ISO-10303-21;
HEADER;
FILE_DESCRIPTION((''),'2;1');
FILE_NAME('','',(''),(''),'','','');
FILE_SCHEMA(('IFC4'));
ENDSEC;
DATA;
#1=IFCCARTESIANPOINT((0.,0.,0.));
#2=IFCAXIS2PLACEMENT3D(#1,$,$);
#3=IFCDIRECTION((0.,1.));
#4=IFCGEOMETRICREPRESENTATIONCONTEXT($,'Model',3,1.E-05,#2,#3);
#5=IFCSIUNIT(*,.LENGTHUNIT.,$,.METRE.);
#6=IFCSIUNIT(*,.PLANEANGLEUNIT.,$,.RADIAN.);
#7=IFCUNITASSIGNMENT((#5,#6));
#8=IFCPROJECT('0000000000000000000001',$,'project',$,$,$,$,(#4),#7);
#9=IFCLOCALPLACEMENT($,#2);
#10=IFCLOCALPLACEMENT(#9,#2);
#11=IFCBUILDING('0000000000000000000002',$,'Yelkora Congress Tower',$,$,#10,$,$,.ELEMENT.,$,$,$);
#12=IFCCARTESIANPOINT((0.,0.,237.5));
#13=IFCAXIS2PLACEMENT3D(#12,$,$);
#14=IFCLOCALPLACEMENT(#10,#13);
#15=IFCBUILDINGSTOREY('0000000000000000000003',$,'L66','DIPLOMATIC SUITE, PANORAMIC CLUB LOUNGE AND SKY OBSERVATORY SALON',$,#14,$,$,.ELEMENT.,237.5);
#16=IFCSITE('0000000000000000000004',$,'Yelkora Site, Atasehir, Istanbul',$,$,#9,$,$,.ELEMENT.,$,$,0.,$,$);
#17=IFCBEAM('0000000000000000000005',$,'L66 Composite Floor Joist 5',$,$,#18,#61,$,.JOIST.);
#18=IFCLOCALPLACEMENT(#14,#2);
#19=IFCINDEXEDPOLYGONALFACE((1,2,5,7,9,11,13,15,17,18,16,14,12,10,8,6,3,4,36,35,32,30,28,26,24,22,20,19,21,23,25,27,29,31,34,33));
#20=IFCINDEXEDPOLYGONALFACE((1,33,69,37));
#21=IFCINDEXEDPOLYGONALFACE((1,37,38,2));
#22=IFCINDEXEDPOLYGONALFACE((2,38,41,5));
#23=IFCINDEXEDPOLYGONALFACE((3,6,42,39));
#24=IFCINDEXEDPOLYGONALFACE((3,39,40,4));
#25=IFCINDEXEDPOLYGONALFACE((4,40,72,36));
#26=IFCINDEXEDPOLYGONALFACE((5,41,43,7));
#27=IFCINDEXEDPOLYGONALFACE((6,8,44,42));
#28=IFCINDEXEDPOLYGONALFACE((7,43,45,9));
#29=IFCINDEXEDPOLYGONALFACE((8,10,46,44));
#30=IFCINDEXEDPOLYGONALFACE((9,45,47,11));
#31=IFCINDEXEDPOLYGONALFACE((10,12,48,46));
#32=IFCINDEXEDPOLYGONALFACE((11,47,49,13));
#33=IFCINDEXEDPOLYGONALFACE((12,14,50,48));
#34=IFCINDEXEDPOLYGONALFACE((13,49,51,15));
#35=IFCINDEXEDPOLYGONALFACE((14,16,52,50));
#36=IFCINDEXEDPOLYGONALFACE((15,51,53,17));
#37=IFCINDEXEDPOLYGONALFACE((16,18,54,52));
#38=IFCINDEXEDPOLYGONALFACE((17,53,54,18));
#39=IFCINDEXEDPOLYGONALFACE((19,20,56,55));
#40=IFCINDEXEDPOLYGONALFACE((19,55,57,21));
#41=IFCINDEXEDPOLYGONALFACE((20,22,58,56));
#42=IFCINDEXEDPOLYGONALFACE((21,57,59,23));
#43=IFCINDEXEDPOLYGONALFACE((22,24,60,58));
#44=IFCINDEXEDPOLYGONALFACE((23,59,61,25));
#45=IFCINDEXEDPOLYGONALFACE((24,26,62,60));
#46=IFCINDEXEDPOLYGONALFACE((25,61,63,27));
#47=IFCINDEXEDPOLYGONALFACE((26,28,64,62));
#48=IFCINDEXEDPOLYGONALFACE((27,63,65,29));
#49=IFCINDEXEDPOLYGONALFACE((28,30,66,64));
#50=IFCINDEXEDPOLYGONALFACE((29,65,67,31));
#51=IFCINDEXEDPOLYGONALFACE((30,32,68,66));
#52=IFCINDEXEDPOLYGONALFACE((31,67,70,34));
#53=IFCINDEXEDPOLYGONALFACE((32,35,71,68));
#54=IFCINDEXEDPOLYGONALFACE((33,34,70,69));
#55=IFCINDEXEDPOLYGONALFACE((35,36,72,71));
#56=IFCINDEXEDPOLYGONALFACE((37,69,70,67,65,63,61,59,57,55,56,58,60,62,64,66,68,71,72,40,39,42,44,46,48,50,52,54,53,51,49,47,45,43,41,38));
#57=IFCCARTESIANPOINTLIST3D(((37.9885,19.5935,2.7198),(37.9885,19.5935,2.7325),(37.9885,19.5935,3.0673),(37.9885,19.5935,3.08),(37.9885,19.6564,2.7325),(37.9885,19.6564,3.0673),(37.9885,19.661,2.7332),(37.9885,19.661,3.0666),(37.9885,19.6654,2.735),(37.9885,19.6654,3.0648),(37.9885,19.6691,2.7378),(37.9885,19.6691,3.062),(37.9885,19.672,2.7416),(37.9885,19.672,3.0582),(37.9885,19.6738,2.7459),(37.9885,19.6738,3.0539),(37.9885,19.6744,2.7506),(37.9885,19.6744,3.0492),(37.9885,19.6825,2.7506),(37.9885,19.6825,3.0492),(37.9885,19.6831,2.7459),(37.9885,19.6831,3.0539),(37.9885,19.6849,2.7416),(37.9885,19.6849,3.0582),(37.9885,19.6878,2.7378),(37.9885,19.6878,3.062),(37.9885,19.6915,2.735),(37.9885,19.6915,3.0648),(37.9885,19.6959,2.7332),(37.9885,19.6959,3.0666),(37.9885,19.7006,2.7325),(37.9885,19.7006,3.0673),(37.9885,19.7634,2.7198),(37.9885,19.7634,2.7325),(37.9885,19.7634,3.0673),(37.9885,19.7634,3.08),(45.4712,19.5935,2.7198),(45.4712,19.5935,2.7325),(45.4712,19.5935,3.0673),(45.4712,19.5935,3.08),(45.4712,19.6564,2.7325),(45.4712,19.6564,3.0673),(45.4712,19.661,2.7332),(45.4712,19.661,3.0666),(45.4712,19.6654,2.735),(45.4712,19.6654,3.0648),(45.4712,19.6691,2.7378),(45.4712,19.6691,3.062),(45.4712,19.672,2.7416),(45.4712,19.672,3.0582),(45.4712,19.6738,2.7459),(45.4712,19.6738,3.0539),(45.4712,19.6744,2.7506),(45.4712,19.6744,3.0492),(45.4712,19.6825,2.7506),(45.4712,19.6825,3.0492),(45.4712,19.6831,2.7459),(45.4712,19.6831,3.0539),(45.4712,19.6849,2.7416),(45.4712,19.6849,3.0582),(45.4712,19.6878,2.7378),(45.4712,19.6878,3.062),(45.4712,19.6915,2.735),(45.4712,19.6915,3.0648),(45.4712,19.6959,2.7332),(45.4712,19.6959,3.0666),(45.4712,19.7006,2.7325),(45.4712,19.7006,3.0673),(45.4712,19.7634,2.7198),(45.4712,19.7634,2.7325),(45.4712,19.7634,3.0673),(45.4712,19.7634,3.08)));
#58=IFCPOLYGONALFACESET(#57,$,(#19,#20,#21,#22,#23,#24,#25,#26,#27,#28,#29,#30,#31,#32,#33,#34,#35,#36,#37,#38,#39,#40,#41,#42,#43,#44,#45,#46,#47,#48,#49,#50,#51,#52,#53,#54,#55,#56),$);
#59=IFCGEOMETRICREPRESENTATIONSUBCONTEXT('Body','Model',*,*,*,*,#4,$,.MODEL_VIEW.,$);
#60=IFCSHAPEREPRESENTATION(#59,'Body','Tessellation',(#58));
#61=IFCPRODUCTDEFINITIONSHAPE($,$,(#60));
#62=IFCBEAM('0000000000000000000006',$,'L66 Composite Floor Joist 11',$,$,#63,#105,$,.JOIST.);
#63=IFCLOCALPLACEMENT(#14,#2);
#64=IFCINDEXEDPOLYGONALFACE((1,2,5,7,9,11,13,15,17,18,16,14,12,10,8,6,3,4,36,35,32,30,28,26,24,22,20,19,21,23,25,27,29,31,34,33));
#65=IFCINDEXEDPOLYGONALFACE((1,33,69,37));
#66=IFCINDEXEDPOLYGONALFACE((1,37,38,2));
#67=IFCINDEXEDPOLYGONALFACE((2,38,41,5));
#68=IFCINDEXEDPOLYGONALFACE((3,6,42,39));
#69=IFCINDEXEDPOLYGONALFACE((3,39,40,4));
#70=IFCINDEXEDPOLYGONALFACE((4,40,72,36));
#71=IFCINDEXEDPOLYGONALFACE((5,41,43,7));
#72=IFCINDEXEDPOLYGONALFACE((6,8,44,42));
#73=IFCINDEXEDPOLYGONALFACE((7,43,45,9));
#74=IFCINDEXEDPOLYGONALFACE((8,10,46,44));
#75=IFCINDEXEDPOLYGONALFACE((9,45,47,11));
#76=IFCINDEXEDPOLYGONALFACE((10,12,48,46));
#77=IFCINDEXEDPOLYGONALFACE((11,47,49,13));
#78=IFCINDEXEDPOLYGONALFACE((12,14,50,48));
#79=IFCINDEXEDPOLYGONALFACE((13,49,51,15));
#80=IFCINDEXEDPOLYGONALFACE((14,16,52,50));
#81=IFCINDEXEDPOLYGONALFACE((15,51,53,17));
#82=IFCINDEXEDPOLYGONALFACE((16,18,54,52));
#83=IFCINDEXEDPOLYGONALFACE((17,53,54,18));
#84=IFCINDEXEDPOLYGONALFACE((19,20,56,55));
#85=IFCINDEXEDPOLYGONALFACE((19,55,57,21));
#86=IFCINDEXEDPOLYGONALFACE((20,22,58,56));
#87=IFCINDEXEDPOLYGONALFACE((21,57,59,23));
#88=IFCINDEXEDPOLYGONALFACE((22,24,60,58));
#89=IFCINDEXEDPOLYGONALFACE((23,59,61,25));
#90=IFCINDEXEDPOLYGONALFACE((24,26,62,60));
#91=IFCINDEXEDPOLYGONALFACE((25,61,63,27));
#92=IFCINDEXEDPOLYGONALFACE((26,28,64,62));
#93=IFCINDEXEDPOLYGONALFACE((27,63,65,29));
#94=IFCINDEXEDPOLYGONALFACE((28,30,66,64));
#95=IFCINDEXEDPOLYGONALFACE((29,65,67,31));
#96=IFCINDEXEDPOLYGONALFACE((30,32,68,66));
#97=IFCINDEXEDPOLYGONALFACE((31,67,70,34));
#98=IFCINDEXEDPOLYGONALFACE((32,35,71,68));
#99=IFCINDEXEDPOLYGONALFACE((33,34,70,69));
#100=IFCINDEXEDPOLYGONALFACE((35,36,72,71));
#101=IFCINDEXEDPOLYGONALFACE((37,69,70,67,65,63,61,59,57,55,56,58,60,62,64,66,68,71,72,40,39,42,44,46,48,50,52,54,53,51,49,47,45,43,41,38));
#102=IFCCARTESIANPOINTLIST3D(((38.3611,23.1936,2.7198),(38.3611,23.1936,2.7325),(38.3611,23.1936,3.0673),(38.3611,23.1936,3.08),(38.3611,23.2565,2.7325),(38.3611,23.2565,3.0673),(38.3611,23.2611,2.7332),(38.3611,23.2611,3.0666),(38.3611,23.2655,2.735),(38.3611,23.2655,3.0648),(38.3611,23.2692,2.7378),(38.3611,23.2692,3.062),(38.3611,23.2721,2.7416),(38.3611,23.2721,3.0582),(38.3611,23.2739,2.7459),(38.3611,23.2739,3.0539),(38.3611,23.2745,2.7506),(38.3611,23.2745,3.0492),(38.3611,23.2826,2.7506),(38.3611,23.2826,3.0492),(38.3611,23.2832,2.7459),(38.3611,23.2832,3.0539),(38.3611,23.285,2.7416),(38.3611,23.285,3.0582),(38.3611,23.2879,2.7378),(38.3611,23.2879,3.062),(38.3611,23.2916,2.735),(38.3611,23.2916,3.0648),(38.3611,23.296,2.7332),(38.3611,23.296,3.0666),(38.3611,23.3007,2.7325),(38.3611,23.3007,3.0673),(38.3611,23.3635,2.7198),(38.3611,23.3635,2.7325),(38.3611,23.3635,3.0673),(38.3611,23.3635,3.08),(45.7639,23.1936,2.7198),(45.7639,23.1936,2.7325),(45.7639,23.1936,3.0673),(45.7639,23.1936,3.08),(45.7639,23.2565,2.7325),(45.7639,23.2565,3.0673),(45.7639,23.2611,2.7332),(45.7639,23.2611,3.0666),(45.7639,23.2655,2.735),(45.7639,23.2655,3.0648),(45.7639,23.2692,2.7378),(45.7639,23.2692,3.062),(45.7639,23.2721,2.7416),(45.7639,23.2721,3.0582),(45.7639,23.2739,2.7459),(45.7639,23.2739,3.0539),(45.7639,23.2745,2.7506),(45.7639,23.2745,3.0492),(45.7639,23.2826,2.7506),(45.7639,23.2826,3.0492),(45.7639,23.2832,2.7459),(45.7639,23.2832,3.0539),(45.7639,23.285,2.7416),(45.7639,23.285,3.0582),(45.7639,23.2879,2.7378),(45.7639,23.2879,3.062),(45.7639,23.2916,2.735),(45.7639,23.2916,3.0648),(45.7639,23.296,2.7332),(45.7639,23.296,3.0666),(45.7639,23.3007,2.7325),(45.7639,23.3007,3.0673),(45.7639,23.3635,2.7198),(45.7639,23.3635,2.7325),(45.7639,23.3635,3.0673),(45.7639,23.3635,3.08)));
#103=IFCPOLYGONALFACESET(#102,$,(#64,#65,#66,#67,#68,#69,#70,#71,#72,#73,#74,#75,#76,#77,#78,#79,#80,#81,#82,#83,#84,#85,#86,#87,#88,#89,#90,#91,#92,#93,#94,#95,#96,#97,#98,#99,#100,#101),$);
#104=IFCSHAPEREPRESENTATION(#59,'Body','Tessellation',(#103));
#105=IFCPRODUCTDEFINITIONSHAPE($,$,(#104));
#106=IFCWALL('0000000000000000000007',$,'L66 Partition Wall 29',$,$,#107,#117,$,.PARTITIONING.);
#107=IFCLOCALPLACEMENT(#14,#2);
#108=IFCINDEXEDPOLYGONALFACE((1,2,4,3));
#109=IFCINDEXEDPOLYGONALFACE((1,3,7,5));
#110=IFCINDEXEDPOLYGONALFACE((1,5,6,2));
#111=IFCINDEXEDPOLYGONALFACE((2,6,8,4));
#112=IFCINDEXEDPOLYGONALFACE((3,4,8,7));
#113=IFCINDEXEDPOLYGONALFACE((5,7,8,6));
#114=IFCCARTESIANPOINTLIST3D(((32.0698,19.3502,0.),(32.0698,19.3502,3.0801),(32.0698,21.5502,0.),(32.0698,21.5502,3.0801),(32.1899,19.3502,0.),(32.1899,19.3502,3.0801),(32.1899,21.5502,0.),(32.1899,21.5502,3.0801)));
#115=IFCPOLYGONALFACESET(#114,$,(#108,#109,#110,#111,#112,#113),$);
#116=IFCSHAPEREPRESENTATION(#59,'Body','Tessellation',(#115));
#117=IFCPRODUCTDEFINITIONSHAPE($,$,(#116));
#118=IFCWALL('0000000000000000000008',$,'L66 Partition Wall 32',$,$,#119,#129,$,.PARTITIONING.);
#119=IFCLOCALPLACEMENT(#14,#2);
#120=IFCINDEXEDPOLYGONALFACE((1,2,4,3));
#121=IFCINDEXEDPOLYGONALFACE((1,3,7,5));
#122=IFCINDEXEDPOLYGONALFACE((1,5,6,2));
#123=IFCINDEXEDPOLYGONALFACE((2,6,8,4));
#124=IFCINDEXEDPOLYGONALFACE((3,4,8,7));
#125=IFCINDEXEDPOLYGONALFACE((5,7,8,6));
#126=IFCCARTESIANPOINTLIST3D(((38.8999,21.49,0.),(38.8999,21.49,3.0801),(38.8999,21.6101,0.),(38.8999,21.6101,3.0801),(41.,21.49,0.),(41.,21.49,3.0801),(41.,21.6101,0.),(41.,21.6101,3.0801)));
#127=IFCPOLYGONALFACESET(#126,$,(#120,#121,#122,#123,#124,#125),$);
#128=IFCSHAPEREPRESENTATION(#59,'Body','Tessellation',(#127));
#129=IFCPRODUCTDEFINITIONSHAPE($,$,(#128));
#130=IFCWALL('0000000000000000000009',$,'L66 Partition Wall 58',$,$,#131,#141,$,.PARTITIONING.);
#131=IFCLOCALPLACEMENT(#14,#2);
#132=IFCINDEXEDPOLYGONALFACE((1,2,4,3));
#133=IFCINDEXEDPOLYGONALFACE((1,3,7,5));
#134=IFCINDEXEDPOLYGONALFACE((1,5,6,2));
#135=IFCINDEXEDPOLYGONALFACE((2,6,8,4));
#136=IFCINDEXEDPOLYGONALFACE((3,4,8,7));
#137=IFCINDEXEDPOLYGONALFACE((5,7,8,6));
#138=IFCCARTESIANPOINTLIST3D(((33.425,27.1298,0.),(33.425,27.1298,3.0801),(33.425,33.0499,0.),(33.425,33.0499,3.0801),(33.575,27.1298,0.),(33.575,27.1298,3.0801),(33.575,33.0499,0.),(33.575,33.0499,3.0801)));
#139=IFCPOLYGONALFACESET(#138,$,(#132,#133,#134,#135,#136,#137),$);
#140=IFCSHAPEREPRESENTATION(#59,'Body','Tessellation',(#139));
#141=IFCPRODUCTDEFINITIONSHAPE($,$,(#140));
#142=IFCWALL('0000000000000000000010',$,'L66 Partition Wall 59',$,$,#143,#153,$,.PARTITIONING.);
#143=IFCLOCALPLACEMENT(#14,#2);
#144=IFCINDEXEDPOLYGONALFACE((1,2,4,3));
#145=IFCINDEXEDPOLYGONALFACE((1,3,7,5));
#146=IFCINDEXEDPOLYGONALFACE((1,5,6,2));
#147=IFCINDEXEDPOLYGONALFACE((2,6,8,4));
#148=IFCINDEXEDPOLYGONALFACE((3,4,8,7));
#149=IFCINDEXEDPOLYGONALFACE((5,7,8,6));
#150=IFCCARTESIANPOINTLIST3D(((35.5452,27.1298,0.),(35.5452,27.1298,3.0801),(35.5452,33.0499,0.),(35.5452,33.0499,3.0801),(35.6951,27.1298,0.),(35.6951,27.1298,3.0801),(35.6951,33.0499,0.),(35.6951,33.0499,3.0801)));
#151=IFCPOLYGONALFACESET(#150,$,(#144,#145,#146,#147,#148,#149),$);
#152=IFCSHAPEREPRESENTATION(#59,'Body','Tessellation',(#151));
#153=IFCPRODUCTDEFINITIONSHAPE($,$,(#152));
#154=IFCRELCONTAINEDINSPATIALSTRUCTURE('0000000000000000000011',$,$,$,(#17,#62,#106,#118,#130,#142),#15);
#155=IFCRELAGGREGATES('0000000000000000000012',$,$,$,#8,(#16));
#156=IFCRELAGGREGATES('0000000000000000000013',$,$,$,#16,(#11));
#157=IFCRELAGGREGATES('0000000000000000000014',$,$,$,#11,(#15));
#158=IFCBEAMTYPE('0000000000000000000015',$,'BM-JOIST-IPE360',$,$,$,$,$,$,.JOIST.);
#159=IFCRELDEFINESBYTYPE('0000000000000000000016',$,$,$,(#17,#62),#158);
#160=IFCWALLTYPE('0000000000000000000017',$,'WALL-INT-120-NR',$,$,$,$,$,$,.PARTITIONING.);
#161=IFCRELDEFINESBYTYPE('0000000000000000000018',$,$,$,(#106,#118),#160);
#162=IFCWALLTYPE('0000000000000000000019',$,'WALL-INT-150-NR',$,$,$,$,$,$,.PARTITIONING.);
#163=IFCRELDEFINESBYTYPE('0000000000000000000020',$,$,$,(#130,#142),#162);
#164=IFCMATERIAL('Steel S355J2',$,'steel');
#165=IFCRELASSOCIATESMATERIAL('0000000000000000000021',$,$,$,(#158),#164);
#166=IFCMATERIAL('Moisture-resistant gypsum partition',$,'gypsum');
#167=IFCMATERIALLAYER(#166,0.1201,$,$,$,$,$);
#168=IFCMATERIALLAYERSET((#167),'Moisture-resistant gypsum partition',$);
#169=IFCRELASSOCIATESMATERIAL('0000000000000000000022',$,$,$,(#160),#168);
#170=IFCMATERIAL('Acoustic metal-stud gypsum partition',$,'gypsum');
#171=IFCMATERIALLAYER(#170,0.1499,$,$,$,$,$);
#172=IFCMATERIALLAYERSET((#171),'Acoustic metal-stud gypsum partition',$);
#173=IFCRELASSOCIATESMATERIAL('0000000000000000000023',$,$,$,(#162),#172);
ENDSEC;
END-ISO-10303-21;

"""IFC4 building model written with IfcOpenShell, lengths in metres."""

from ifc_helpers import new_model, si_unit, direction, frame, frame_2d, origin, origin_2d, place, context, subcontext, project, spatial, rectangle, i_section, extrude, material, layer, layer_set, material_profile, profile_set, type_object, element, save


model = new_model("IFC4")

# Units and contexts
model_context = context("Model", 3, precision=1e-05, world=origin(), true_north=direction((0.0, 1.0)))
body_context = subcontext(model_context, "Body", "Model", "MODEL_VIEW")
ifc_project = project(units=[si_unit("LENGTHUNIT", "METRE"), si_unit("PLANEANGLEUNIT", "RADIAN")], contexts=[model_context])

# Site, building, storey
site_placement = place(None, origin())
site = spatial("IfcSite", under=ifc_project, at=site_placement, Name="Yelkora Site, Atasehir, Istanbul", CompositionType="ELEMENT", RefElevation=0.0)
building_placement = place(site_placement, origin())
building = spatial("IfcBuilding", under=site, at=building_placement, Name="Yelkora Congress Tower", CompositionType="ELEMENT")
storey_placement = place(building_placement, frame((0.0, 0.0, 237.5)))
storey = spatial("IfcBuildingStorey", under=building, at=storey_placement, Name="L66", Description="DIPLOMATIC SUITE, PANORAMIC CLUB LOUNGE AND SKY OBSERVATORY SALON", CompositionType="ELEMENT", Elevation=237.5)

# Beams
ifc_material_1 = material(Name="Steel S355J2", Category="steel")
ifc_material_profile_1 = material_profile(ifc_material_1, i_section(OverallWidth=0.1699, OverallDepth=0.3601, WebThickness=0.0081, FlangeThickness=0.0127, FilletRadius=0.0181, at=origin_2d()), Name="IPE 360")
ifc_profile_set_1 = profile_set([ifc_material_profile_1], Name="Steel S355J2")
beam_type_1 = type_object("IfcBeamType", Name="BM-JOIST-IPE360", PredefinedType="JOIST", material=ifc_profile_set_1)
beam_1_placement = place(storey_placement, frame((37.9885, 19.6785, 2.8999), z_axis=(1.0, 0.0, 0.0), x_axis=(0.0, 1.0, 0.0)))
element("IfcBeam", 1, at=beam_1_placement, inside=storey, type_object=beam_type_1, Name="L66 Composite Floor Joist 5", PredefinedType="JOIST", context=body_context, shape_type="SweptSolid", body=[
    extrude(i_section(OverallWidth=0.1699, OverallDepth=0.3601, WebThickness=0.0081, FlangeThickness=0.0127, FilletRadius=0.0181, at=origin_2d()), origin(), (0.0, 0.0, 1.0), 7.4827),
])
beam_2_placement = place(storey_placement, frame((38.3611, 23.2786, 2.8999), z_axis=(1.0, 0.0, 0.0), x_axis=(0.0, 1.0, 0.0)))
element("IfcBeam", 2, at=beam_2_placement, inside=storey, type_object=beam_type_1, Name="L66 Composite Floor Joist 11", PredefinedType="JOIST", context=body_context, shape_type="SweptSolid", body=[
    extrude(i_section(OverallWidth=0.1699, OverallDepth=0.3601, WebThickness=0.0081, FlangeThickness=0.0127, FilletRadius=0.0181, at=origin_2d()), origin(), (0.0, 0.0, 1.0), 7.4028),
])

# Walls
ifc_material_2 = material(Name="Moisture-resistant gypsum partition", Category="gypsum")
ifc_layer_1 = layer(ifc_material_2, 0.1201)
ifc_layer_set_1 = layer_set([ifc_layer_1], Name="Moisture-resistant gypsum partition")
wall_type_1 = type_object("IfcWallType", Name="WALL-INT-120-NR", PredefinedType="PARTITIONING", material=ifc_layer_set_1)
wall_1_placement = place(storey_placement, frame((32.1299, 19.3501, 0.0), z_axis=(0.0, 0.0, 1.0), x_axis=(0.0, 1.0, 0.0)))
element("IfcWall", 3, at=wall_1_placement, inside=storey, type_object=wall_type_1, Name="L66 Partition Wall 29", PredefinedType="PARTITIONING", context=body_context, shape_type="SweptSolid", body=[
    extrude(rectangle(XDim=2.2, YDim=0.1201, at=frame_2d((1.1001, 0.0))), origin(), (0.0, 0.0, 1.0), 3.0801),
])
wall_2_placement = place(storey_placement, frame((38.8999, 21.55, 0.0), z_axis=(0.0, 0.0, 1.0), x_axis=(1.0, 0.0, 0.0)))
element("IfcWall", 4, at=wall_2_placement, inside=storey, type_object=wall_type_1, Name="L66 Partition Wall 32", PredefinedType="PARTITIONING", context=body_context, shape_type="SweptSolid", body=[
    extrude(rectangle(XDim=2.1001, YDim=0.1201, at=frame_2d((1.05, 0.0))), origin(), (0.0, 0.0, 1.0), 3.0801),
])
ifc_material_3 = material(Name="Acoustic metal-stud gypsum partition", Category="gypsum")
ifc_layer_2 = layer(ifc_material_3, 0.1499)
ifc_layer_set_2 = layer_set([ifc_layer_2], Name="Acoustic metal-stud gypsum partition")
wall_type_2 = type_object("IfcWallType", Name="WALL-INT-150-NR", PredefinedType="PARTITIONING", material=ifc_layer_set_2)
for number, where, z_axis, x_axis, name in (
    (5, (33.5, 27.1299, 0.0), (0.0, 0.0, 1.0), (0.0, 1.0, 0.0), "L66 Partition Wall 58"),
    (6, (35.6201, 27.1299, 0.0), (0.0, 0.0, 1.0), (0.0, 1.0, 0.0), "L66 Partition Wall 59"),
):
    element("IfcWall", number, at=place(storey_placement, frame(where, z_axis=z_axis, x_axis=x_axis)), inside=storey, type_object=wall_type_2, Name=name, PredefinedType="PARTITIONING", context=body_context, shape_type="SweptSolid", body=[
        extrude(rectangle(XDim=5.9202, YDim=0.1499, at=frame_2d((2.96, 0.0))), origin(), (0.0, 0.0, 1.0), 3.0801),
    ])

save(model, "model.ifc")
